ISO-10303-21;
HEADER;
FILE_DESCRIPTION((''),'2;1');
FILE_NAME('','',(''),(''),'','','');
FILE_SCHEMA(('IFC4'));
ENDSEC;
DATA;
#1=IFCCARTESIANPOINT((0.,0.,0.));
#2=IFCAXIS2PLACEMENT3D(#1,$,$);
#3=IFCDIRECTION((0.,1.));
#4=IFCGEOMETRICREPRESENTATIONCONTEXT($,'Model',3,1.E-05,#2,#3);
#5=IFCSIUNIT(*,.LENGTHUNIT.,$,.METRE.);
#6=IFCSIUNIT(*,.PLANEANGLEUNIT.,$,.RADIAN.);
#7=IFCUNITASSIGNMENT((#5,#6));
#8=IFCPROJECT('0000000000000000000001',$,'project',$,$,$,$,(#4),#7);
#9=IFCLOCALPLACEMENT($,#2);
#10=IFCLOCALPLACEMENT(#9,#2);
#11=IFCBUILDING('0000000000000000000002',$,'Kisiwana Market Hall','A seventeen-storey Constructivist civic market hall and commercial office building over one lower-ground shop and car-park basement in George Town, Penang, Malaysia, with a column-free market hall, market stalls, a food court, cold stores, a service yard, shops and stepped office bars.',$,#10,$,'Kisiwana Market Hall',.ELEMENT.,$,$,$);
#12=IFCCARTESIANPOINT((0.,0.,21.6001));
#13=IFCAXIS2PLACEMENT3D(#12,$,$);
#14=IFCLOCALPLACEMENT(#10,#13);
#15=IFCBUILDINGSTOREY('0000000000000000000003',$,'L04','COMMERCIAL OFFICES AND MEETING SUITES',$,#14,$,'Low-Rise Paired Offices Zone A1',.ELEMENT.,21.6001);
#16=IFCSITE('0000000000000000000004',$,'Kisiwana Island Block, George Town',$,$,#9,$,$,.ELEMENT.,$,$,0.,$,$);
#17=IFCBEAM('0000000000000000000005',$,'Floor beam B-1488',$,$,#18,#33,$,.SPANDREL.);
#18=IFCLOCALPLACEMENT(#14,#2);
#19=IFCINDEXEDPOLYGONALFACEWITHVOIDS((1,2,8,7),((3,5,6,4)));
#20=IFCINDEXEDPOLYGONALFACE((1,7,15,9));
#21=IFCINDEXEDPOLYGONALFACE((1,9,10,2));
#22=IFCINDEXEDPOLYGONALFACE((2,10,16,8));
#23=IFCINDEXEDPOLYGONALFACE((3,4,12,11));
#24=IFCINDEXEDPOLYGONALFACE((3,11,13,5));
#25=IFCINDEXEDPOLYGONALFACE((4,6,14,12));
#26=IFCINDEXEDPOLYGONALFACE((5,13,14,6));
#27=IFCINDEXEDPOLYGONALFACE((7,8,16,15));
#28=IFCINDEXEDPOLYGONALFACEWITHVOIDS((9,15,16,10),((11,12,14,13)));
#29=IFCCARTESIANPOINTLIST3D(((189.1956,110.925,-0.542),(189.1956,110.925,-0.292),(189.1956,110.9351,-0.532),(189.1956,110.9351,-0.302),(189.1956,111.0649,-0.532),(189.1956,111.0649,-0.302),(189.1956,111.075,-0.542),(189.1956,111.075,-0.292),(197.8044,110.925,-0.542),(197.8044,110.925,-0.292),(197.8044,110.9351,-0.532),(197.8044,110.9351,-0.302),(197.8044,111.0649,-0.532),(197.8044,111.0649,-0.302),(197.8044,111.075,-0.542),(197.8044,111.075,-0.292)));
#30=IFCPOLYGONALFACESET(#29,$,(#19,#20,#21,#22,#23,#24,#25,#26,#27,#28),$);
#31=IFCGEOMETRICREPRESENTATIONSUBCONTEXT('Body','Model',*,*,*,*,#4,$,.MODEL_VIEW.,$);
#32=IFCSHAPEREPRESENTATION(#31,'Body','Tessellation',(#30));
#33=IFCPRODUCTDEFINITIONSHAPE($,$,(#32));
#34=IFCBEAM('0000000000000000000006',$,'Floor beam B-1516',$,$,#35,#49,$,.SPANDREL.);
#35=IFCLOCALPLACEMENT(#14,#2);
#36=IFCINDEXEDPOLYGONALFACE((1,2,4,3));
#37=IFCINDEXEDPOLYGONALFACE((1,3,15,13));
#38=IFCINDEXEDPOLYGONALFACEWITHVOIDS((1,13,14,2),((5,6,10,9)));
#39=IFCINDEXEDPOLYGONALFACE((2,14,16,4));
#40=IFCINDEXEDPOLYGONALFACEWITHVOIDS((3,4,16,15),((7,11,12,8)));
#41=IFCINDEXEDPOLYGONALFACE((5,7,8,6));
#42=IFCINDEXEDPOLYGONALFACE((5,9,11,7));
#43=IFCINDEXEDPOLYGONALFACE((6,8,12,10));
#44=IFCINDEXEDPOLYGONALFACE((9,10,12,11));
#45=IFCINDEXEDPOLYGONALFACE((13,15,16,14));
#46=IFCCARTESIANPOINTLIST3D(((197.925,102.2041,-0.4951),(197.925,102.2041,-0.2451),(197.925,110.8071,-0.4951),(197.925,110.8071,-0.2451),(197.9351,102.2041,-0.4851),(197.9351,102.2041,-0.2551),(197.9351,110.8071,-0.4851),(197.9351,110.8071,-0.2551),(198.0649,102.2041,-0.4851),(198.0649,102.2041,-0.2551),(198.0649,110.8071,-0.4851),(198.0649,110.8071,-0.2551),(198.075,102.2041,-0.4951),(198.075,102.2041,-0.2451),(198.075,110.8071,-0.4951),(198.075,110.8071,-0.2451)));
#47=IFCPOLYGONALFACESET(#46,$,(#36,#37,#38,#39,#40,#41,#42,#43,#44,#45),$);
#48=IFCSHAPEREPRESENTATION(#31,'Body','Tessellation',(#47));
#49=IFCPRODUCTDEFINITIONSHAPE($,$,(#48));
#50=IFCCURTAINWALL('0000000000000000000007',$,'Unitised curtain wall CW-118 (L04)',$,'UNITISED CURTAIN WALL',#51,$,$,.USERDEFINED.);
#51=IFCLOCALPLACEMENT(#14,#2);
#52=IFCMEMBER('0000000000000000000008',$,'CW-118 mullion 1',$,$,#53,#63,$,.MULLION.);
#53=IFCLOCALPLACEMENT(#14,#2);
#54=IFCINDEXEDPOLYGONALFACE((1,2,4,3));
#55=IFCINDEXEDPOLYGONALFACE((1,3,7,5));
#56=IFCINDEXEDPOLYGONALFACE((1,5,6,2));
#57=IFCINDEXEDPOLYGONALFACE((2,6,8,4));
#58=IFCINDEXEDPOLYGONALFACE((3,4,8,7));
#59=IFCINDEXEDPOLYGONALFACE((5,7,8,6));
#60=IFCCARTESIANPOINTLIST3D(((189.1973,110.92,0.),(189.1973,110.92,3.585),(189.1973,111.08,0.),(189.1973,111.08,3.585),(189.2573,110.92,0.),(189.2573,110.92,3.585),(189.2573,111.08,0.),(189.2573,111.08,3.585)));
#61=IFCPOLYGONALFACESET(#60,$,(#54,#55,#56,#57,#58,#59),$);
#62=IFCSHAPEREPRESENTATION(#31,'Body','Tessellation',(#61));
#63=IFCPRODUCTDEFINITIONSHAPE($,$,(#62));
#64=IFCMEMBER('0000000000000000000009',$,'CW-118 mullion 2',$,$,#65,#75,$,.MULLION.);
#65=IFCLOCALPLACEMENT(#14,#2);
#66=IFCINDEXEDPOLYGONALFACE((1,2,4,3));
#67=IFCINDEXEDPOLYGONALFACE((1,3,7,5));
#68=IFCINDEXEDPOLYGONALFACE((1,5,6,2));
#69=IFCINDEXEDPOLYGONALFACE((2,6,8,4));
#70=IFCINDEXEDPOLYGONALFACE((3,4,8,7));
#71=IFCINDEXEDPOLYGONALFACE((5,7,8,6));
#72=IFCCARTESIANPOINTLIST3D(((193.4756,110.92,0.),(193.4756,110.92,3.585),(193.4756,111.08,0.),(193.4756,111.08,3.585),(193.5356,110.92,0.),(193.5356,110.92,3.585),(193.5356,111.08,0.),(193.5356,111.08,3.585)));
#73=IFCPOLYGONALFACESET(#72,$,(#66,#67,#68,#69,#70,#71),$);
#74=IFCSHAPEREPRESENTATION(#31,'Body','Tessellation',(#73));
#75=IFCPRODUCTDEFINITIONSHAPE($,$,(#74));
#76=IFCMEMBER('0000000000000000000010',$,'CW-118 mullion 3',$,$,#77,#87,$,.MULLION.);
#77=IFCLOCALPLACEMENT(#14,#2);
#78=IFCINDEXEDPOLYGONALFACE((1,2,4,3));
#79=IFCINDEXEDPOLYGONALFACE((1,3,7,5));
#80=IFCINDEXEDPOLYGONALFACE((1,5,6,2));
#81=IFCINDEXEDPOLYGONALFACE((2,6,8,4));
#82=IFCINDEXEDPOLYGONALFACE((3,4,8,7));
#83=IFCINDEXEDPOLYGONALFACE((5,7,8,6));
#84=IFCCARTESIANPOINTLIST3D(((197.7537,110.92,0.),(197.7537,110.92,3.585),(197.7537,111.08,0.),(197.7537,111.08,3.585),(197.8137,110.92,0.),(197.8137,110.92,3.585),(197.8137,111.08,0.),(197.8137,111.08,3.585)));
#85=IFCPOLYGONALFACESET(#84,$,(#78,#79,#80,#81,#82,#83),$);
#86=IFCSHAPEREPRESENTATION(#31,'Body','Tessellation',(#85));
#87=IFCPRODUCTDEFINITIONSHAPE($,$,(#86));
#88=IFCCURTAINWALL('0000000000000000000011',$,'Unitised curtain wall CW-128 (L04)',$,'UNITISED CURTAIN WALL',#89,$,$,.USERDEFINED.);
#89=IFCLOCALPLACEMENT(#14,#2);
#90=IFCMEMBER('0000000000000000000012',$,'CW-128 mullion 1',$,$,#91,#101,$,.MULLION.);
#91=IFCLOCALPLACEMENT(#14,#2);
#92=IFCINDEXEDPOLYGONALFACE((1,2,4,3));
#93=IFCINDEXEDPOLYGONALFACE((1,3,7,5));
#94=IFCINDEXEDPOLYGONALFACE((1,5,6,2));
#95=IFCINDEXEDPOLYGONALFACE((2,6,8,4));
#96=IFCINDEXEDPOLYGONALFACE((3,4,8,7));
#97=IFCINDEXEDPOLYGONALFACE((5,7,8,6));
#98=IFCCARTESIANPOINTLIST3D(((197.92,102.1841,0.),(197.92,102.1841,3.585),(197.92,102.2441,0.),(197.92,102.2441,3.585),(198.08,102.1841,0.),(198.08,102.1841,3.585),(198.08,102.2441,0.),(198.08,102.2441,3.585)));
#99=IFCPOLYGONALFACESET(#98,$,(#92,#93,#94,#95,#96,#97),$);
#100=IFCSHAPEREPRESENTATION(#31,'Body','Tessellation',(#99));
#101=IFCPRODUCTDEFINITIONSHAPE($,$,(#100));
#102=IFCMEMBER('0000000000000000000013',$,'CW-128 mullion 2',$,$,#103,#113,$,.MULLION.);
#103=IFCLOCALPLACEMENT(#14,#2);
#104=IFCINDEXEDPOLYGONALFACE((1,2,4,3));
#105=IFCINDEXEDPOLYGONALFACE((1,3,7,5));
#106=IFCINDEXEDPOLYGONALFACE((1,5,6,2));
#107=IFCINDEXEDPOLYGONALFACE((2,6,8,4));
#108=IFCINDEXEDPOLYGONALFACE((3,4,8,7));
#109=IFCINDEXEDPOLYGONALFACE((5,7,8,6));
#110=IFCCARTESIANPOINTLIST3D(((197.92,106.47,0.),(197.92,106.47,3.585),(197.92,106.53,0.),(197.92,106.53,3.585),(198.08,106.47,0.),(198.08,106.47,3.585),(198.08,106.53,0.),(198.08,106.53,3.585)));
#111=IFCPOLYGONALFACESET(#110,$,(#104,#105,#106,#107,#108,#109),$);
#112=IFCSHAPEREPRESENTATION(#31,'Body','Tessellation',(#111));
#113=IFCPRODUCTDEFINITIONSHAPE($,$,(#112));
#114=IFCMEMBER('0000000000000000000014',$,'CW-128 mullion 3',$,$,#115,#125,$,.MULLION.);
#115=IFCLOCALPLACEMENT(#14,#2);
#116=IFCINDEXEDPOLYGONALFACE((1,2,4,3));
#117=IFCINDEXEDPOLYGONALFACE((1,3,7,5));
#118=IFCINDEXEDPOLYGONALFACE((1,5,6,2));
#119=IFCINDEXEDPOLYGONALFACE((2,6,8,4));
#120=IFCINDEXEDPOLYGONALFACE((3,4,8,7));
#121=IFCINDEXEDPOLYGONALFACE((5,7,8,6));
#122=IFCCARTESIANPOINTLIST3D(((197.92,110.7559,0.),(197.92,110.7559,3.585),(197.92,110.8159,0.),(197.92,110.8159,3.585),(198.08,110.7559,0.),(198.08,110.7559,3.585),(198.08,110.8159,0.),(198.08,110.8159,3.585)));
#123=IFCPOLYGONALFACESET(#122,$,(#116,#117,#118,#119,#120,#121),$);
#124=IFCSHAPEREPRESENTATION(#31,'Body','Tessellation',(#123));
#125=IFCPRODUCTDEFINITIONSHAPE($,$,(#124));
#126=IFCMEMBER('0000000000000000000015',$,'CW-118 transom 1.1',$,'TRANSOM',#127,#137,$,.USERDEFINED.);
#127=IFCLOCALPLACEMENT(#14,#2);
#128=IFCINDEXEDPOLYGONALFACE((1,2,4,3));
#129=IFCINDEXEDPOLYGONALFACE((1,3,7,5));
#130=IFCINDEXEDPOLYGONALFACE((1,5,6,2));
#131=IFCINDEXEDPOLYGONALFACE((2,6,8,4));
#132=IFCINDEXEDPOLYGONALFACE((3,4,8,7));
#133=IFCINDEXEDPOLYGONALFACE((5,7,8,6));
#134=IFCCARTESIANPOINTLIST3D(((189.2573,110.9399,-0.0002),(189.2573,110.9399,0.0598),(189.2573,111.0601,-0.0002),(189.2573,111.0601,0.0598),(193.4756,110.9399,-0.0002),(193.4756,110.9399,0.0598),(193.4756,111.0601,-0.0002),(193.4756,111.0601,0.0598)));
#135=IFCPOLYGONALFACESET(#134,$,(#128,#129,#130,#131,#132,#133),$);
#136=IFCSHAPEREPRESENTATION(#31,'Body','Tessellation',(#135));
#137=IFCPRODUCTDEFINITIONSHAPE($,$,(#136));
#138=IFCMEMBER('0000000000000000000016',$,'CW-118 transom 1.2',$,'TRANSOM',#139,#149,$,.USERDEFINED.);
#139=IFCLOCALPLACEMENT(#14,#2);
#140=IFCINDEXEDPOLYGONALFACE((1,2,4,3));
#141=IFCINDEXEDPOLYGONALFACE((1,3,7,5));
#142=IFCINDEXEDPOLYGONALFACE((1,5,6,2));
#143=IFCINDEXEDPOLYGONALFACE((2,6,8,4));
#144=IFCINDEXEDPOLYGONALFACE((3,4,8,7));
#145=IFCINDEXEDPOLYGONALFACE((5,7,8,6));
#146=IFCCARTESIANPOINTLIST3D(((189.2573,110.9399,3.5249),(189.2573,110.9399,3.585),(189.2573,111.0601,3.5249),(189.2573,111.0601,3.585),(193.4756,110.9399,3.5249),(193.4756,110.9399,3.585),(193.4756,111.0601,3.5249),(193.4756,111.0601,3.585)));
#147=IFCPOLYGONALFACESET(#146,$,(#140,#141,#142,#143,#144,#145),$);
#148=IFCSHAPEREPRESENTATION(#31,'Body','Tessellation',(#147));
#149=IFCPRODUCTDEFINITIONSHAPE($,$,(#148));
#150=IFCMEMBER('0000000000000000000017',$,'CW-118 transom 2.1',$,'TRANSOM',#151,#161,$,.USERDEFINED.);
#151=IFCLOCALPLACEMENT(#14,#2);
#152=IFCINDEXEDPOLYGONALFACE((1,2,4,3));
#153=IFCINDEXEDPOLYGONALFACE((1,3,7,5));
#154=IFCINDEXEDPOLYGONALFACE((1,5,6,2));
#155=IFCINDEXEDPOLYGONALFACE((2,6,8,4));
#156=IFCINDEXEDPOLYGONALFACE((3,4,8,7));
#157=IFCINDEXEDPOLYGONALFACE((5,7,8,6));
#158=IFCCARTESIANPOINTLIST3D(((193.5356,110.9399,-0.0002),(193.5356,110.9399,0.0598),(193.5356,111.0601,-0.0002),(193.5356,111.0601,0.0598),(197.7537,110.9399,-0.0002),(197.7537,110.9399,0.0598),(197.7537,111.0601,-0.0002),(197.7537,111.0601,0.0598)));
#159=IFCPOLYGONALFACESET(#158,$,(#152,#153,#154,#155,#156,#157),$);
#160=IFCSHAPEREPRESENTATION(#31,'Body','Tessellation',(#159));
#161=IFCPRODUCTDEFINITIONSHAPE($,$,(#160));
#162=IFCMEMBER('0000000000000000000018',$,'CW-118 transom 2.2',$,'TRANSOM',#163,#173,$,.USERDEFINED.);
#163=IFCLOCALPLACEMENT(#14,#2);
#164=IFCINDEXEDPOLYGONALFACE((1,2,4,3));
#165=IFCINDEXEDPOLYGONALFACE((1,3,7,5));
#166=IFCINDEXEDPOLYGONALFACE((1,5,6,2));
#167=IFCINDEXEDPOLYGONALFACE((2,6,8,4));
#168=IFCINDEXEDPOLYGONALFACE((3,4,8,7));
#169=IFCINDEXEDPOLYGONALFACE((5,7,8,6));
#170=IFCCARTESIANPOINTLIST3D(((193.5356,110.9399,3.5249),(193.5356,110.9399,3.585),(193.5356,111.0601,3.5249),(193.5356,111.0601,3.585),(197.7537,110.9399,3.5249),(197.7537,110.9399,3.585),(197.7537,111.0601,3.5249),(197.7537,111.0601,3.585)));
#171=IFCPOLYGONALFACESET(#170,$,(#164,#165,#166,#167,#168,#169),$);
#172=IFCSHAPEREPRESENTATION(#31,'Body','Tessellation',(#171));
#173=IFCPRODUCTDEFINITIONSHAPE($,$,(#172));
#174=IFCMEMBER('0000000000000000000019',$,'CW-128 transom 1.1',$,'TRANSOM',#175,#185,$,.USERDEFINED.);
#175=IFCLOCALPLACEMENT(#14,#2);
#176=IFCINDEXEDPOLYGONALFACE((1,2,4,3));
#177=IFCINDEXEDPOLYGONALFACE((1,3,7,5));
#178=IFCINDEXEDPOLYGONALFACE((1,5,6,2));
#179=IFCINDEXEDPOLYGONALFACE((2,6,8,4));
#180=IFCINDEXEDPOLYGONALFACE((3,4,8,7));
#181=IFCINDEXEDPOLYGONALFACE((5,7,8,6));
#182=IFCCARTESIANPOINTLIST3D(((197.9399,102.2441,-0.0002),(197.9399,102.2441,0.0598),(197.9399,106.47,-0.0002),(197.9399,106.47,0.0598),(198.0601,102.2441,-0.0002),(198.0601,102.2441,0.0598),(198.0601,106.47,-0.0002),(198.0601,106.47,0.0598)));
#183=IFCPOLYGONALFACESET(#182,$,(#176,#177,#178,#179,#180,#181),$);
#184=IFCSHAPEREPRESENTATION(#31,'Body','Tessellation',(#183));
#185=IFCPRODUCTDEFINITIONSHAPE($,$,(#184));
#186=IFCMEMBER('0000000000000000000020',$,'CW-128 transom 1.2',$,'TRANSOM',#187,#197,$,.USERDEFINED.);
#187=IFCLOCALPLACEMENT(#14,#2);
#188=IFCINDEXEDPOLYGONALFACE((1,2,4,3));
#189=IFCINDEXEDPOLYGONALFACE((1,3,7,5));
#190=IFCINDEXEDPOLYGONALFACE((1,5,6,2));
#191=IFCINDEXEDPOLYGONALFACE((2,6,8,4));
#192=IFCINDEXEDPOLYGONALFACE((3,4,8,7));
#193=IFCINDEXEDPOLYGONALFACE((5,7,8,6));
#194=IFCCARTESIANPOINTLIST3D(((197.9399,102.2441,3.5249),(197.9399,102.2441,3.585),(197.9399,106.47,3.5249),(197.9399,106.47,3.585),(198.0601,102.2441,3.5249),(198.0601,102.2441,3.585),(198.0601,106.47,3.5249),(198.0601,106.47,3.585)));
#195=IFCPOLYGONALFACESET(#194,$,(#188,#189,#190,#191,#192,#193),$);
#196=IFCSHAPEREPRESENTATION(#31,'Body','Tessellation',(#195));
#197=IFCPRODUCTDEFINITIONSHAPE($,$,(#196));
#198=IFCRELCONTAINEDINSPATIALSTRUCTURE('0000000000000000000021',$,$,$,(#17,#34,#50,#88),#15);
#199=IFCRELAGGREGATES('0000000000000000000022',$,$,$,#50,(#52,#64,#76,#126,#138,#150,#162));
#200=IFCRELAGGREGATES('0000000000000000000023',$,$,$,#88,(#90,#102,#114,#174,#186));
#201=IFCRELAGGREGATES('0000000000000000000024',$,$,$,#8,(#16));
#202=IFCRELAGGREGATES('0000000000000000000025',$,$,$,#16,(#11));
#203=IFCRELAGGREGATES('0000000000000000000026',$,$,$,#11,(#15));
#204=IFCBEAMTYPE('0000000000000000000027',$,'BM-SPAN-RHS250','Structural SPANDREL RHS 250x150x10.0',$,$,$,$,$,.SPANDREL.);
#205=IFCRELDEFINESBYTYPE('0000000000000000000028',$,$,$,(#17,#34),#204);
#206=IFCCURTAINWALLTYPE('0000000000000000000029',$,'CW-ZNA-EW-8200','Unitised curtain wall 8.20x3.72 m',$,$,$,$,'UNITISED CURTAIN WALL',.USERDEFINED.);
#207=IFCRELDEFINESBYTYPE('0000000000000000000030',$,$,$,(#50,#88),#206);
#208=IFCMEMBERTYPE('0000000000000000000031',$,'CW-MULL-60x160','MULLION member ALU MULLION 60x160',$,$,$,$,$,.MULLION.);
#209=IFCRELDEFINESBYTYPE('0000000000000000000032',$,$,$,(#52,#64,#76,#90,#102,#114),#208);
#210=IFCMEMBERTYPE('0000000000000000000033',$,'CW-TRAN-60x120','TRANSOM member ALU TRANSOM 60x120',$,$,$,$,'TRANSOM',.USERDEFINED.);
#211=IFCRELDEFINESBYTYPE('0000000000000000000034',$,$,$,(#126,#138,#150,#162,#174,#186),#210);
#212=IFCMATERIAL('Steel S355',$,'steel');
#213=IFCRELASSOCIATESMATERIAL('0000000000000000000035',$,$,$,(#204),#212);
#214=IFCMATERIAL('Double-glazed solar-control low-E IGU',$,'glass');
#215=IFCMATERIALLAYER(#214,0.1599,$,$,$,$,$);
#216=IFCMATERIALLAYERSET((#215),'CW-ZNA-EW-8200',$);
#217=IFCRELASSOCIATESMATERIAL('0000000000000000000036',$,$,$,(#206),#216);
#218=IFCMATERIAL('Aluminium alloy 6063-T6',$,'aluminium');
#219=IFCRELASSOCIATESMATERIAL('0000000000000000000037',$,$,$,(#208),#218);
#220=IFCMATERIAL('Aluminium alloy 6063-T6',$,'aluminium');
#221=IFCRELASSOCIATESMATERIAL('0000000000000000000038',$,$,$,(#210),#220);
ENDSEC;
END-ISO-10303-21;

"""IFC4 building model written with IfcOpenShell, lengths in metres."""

from ifc_helpers import new_model, si_unit, direction, frame, origin, origin_2d, place, context, subcontext, project, spatial, rectangle, hollow_rectangle, extrude, material, layer, layer_set, material_profile, profile_set, type_object, element, aggregate, save


model = new_model("IFC4")

# Units and contexts
model_context = context("Model", 3, precision=1e-05, world=origin(), true_north=direction((0.0, 1.0)))
body_context = subcontext(model_context, "Body", "Model", "MODEL_VIEW")
ifc_project = project(units=[si_unit("LENGTHUNIT", "METRE"), si_unit("PLANEANGLEUNIT", "RADIAN")], contexts=[model_context])

# Site, building, storey
site_placement = place(None, origin())
site = spatial("IfcSite", under=ifc_project, at=site_placement, Name="Kisiwana Island Block, George Town", CompositionType="ELEMENT", RefElevation=0.0)
building_placement = place(site_placement, origin())
building = spatial("IfcBuilding", under=site, at=building_placement, Name="Kisiwana Market Hall", Description="A seventeen-storey Constructivist civic market hall and commercial office building over one lower-ground shop and car-park basement in George Town, Penang, Malaysia, with a column-free market hall, market stalls, a food court, cold stores, a service yard, shops and stepped office bars.", LongName="Kisiwana Market Hall", CompositionType="ELEMENT")
storey_placement = place(building_placement, frame((0.0, 0.0, 21.6001)))
storey = spatial("IfcBuildingStorey", under=building, at=storey_placement, Name="L04", Description="COMMERCIAL OFFICES AND MEETING SUITES", LongName="Low-Rise Paired Offices Zone A1", CompositionType="ELEMENT", Elevation=21.6001)

# Beams
ifc_material_1 = material(Name="Steel S355", Category="steel")
ifc_material_profile_1 = material_profile(ifc_material_1, hollow_rectangle(XDim=0.1499, YDim=0.25, WallThickness=0.01, at=origin_2d()), Name="RHS 250x150x10.0")
ifc_profile_set_1 = profile_set([ifc_material_profile_1], Name="Steel S355")
beam_type_1 = type_object("IfcBeamType", Name="BM-SPAN-RHS250", Description="Structural SPANDREL RHS 250x150x10.0", PredefinedType="SPANDREL", material=ifc_profile_set_1)
beam_1_placement = place(storey_placement, frame((189.1956, 111.0, -0.417), z_axis=(1.0, 0.0, 0.0), x_axis=(0.0, 1.0, 0.0)))
element("IfcBeam", 1, at=beam_1_placement, inside=storey, type_object=beam_type_1, Name="Floor beam B-1488", PredefinedType="SPANDREL", context=body_context, shape_type="SweptSolid", body=[
    extrude(hollow_rectangle(XDim=0.1499, YDim=0.25, WallThickness=0.01, at=origin_2d()), origin(), (0.0, 0.0, 1.0), 8.6089),
])
beam_2_placement = place(storey_placement, frame((198.0, 102.2041, -0.3701), z_axis=(0.0, 1.0, 0.0), x_axis=(-1.0, 0.0, 0.0)))
element("IfcBeam", 2, at=beam_2_placement, inside=storey, type_object=beam_type_1, Name="Floor beam B-1516", PredefinedType="SPANDREL", context=body_context, shape_type="SweptSolid", body=[
    extrude(hollow_rectangle(XDim=0.1499, YDim=0.25, WallThickness=0.01, at=origin_2d()), origin(), (0.0, 0.0, 1.0), 8.603),
])

# Curtain walls, members
ifc_material_2 = material(Name="Double-glazed solar-control low-E IGU", Category="glass")
ifc_layer_1 = layer(ifc_material_2, 0.1599)
ifc_layer_set_1 = layer_set([ifc_layer_1], Name="CW-ZNA-EW-8200")
curtain_wall_type = type_object("IfcCurtainWallType", Name="CW-ZNA-EW-8200", Description="Unitised curtain wall 8.20x3.72 m", ElementType="UNITISED CURTAIN WALL", PredefinedType="USERDEFINED", material=ifc_layer_set_1)
curtain_wall_1_placement = place(storey_placement, origin())
curtain_wall_1 = element("IfcCurtainWall", 3, at=curtain_wall_1_placement, inside=storey, type_object=curtain_wall_type, Name="Unitised curtain wall CW-118 (L04)", ObjectType="UNITISED CURTAIN WALL", PredefinedType="USERDEFINED")
ifc_material_3 = material(Name="Aluminium alloy 6063-T6", Category="aluminium")
ifc_material_profile_2 = material_profile(ifc_material_3, rectangle(XDim=0.0601, YDim=0.1599, at=origin_2d()), Name="ALU MULLION 60x160")
ifc_profile_set_2 = profile_set([ifc_material_profile_2], Name="Aluminium alloy 6063-T6")
member_type_1 = type_object("IfcMemberType", Name="CW-MULL-60x160", Description="MULLION member ALU MULLION 60x160", PredefinedType="MULLION", material=ifc_profile_set_2)
member_1_placement = place(storey_placement, frame((189.2273, 111.0, 0.0), z_axis=(0.0, 0.0, 1.0), x_axis=(1.0, 0.0, 0.0)))
member_1 = element("IfcMember", 4, at=member_1_placement, type_object=member_type_1, Name="CW-118 mullion 1", PredefinedType="MULLION", context=body_context, shape_type="SweptSolid", body=[
    extrude(rectangle(XDim=0.0601, YDim=0.1599, at=origin_2d()), origin(), (0.0, 0.0, 1.0), 3.585),
])
member_2_placement = place(storey_placement, frame((193.5056, 111.0, 0.0), z_axis=(0.0, 0.0, 1.0), x_axis=(1.0, 0.0, 0.0)))
member_2 = element("IfcMember", 5, at=member_2_placement, type_object=member_type_1, Name="CW-118 mullion 2", PredefinedType="MULLION", context=body_context, shape_type="SweptSolid", body=[
    extrude(rectangle(XDim=0.0601, YDim=0.1599, at=origin_2d()), origin(), (0.0, 0.0, 1.0), 3.585),
])
member_3_placement = place(storey_placement, frame((197.7837, 111.0, 0.0), z_axis=(0.0, 0.0, 1.0), x_axis=(1.0, 0.0, 0.0)))
member_3 = element("IfcMember", 6, at=member_3_placement, type_object=member_type_1, Name="CW-118 mullion 3", PredefinedType="MULLION", context=body_context, shape_type="SweptSolid", body=[
    extrude(rectangle(XDim=0.0601, YDim=0.1599, at=origin_2d()), origin(), (0.0, 0.0, 1.0), 3.585),
])
curtain_wall_2_placement = place(storey_placement, origin())
curtain_wall_2 = element("IfcCurtainWall", 7, at=curtain_wall_2_placement, inside=storey, type_object=curtain_wall_type, Name="Unitised curtain wall CW-128 (L04)", ObjectType="UNITISED CURTAIN WALL", PredefinedType="USERDEFINED")
member_4_placement = place(storey_placement, frame((198.0, 102.2141, 0.0), z_axis=(0.0, 0.0, 1.0), x_axis=(0.0, 1.0, 0.0)))
member_4 = element("IfcMember", 8, at=member_4_placement, type_object=member_type_1, Name="CW-128 mullion 1", PredefinedType="MULLION", context=body_context, shape_type="SweptSolid", body=[
    extrude(rectangle(XDim=0.0601, YDim=0.1599, at=origin_2d()), origin(), (0.0, 0.0, 1.0), 3.585),
])
member_5_placement = place(storey_placement, frame((198.0, 106.5, 0.0), z_axis=(0.0, 0.0, 1.0), x_axis=(0.0, 1.0, 0.0)))
member_5 = element("IfcMember", 9, at=member_5_placement, type_object=member_type_1, Name="CW-128 mullion 2", PredefinedType="MULLION", context=body_context, shape_type="SweptSolid", body=[
    extrude(rectangle(XDim=0.0601, YDim=0.1599, at=origin_2d()), origin(), (0.0, 0.0, 1.0), 3.585),
])
member_6_placement = place(storey_placement, frame((198.0, 110.7859, 0.0), z_axis=(0.0, 0.0, 1.0), x_axis=(0.0, 1.0, 0.0)))
member_6 = element("IfcMember", 10, at=member_6_placement, type_object=member_type_1, Name="CW-128 mullion 3", PredefinedType="MULLION", context=body_context, shape_type="SweptSolid", body=[
    extrude(rectangle(XDim=0.0601, YDim=0.1599, at=origin_2d()), origin(), (0.0, 0.0, 1.0), 3.585),
])

# Members
ifc_material_4 = material(Name="Aluminium alloy 6063-T6", Category="aluminium")
ifc_material_profile_3 = material_profile(ifc_material_4, rectangle(XDim=0.1201, YDim=0.0601, at=origin_2d()), Name="ALU TRANSOM 60x120")
ifc_profile_set_3 = profile_set([ifc_material_profile_3], Name="Aluminium alloy 6063-T6")
member_type_2 = type_object("IfcMemberType", Name="CW-TRAN-60x120", Description="TRANSOM member ALU TRANSOM 60x120", ElementType="TRANSOM", PredefinedType="USERDEFINED", material=ifc_profile_set_3)
member_7_placement = place(storey_placement, frame((189.2573, 111.0, 0.0298), z_axis=(1.0, 0.0, 0.0), x_axis=(0.0, 1.0, 0.0)))
member_7 = element("IfcMember", 11, at=member_7_placement, type_object=member_type_2, Name="CW-118 transom 1.1", ObjectType="TRANSOM", PredefinedType="USERDEFINED", context=body_context, shape_type="SweptSolid", body=[
    extrude(rectangle(XDim=0.1201, YDim=0.0601, at=origin_2d()), origin(), (0.0, 0.0, 1.0), 4.2183),
])
member_8_placement = place(storey_placement, frame((189.2573, 111.0, 3.5549), z_axis=(1.0, 0.0, 0.0), x_axis=(0.0, 1.0, 0.0)))
member_8 = element("IfcMember", 12, at=member_8_placement, type_object=member_type_2, Name="CW-118 transom 1.2", ObjectType="TRANSOM", PredefinedType="USERDEFINED", context=body_context, shape_type="SweptSolid", body=[
    extrude(rectangle(XDim=0.1201, YDim=0.0601, at=origin_2d()), origin(), (0.0, 0.0, 1.0), 4.2183),
])
member_9_placement = place(storey_placement, frame((193.5356, 111.0, 0.0298), z_axis=(1.0, 0.0, 0.0), x_axis=(0.0, 1.0, 0.0)))
member_9 = element("IfcMember", 13, at=member_9_placement, type_object=member_type_2, Name="CW-118 transom 2.1", ObjectType="TRANSOM", PredefinedType="USERDEFINED", context=body_context, shape_type="SweptSolid", body=[
    extrude(rectangle(XDim=0.1201, YDim=0.0601, at=origin_2d()), origin(), (0.0, 0.0, 1.0), 4.218),
])
member_10_placement = place(storey_placement, frame((193.5356, 111.0, 3.5549), z_axis=(1.0, 0.0, 0.0), x_axis=(0.0, 1.0, 0.0)))
member_10 = element("IfcMember", 14, at=member_10_placement, type_object=member_type_2, Name="CW-118 transom 2.2", ObjectType="TRANSOM", PredefinedType="USERDEFINED", context=body_context, shape_type="SweptSolid", body=[
    extrude(rectangle(XDim=0.1201, YDim=0.0601, at=origin_2d()), origin(), (0.0, 0.0, 1.0), 4.218),
])
member_11_placement = place(storey_placement, frame((198.0, 102.2441, 0.0298), z_axis=(0.0, 1.0, 0.0), x_axis=(-1.0, 0.0, 0.0)))
member_11 = element("IfcMember", 15, at=member_11_placement, type_object=member_type_2, Name="CW-128 transom 1.1", ObjectType="TRANSOM", PredefinedType="USERDEFINED", context=body_context, shape_type="SweptSolid", body=[
    extrude(rectangle(XDim=0.1201, YDim=0.0601, at=origin_2d()), origin(), (0.0, 0.0, 1.0), 4.2258),
])
member_12_placement = place(storey_placement, frame((198.0, 102.2441, 3.5549), z_axis=(0.0, 1.0, 0.0), x_axis=(-1.0, 0.0, 0.0)))
member_12 = element("IfcMember", 16, at=member_12_placement, type_object=member_type_2, Name="CW-128 transom 1.2", ObjectType="TRANSOM", PredefinedType="USERDEFINED", context=body_context, shape_type="SweptSolid", body=[
    extrude(rectangle(XDim=0.1201, YDim=0.0601, at=origin_2d()), origin(), (0.0, 0.0, 1.0), 4.2258),
])

aggregate(curtain_wall_1, [member_1, member_2, member_3, member_7, member_8, member_9, member_10])
aggregate(curtain_wall_2, [member_4, member_5, member_6, member_11, member_12])

save(model, "model.ifc")
